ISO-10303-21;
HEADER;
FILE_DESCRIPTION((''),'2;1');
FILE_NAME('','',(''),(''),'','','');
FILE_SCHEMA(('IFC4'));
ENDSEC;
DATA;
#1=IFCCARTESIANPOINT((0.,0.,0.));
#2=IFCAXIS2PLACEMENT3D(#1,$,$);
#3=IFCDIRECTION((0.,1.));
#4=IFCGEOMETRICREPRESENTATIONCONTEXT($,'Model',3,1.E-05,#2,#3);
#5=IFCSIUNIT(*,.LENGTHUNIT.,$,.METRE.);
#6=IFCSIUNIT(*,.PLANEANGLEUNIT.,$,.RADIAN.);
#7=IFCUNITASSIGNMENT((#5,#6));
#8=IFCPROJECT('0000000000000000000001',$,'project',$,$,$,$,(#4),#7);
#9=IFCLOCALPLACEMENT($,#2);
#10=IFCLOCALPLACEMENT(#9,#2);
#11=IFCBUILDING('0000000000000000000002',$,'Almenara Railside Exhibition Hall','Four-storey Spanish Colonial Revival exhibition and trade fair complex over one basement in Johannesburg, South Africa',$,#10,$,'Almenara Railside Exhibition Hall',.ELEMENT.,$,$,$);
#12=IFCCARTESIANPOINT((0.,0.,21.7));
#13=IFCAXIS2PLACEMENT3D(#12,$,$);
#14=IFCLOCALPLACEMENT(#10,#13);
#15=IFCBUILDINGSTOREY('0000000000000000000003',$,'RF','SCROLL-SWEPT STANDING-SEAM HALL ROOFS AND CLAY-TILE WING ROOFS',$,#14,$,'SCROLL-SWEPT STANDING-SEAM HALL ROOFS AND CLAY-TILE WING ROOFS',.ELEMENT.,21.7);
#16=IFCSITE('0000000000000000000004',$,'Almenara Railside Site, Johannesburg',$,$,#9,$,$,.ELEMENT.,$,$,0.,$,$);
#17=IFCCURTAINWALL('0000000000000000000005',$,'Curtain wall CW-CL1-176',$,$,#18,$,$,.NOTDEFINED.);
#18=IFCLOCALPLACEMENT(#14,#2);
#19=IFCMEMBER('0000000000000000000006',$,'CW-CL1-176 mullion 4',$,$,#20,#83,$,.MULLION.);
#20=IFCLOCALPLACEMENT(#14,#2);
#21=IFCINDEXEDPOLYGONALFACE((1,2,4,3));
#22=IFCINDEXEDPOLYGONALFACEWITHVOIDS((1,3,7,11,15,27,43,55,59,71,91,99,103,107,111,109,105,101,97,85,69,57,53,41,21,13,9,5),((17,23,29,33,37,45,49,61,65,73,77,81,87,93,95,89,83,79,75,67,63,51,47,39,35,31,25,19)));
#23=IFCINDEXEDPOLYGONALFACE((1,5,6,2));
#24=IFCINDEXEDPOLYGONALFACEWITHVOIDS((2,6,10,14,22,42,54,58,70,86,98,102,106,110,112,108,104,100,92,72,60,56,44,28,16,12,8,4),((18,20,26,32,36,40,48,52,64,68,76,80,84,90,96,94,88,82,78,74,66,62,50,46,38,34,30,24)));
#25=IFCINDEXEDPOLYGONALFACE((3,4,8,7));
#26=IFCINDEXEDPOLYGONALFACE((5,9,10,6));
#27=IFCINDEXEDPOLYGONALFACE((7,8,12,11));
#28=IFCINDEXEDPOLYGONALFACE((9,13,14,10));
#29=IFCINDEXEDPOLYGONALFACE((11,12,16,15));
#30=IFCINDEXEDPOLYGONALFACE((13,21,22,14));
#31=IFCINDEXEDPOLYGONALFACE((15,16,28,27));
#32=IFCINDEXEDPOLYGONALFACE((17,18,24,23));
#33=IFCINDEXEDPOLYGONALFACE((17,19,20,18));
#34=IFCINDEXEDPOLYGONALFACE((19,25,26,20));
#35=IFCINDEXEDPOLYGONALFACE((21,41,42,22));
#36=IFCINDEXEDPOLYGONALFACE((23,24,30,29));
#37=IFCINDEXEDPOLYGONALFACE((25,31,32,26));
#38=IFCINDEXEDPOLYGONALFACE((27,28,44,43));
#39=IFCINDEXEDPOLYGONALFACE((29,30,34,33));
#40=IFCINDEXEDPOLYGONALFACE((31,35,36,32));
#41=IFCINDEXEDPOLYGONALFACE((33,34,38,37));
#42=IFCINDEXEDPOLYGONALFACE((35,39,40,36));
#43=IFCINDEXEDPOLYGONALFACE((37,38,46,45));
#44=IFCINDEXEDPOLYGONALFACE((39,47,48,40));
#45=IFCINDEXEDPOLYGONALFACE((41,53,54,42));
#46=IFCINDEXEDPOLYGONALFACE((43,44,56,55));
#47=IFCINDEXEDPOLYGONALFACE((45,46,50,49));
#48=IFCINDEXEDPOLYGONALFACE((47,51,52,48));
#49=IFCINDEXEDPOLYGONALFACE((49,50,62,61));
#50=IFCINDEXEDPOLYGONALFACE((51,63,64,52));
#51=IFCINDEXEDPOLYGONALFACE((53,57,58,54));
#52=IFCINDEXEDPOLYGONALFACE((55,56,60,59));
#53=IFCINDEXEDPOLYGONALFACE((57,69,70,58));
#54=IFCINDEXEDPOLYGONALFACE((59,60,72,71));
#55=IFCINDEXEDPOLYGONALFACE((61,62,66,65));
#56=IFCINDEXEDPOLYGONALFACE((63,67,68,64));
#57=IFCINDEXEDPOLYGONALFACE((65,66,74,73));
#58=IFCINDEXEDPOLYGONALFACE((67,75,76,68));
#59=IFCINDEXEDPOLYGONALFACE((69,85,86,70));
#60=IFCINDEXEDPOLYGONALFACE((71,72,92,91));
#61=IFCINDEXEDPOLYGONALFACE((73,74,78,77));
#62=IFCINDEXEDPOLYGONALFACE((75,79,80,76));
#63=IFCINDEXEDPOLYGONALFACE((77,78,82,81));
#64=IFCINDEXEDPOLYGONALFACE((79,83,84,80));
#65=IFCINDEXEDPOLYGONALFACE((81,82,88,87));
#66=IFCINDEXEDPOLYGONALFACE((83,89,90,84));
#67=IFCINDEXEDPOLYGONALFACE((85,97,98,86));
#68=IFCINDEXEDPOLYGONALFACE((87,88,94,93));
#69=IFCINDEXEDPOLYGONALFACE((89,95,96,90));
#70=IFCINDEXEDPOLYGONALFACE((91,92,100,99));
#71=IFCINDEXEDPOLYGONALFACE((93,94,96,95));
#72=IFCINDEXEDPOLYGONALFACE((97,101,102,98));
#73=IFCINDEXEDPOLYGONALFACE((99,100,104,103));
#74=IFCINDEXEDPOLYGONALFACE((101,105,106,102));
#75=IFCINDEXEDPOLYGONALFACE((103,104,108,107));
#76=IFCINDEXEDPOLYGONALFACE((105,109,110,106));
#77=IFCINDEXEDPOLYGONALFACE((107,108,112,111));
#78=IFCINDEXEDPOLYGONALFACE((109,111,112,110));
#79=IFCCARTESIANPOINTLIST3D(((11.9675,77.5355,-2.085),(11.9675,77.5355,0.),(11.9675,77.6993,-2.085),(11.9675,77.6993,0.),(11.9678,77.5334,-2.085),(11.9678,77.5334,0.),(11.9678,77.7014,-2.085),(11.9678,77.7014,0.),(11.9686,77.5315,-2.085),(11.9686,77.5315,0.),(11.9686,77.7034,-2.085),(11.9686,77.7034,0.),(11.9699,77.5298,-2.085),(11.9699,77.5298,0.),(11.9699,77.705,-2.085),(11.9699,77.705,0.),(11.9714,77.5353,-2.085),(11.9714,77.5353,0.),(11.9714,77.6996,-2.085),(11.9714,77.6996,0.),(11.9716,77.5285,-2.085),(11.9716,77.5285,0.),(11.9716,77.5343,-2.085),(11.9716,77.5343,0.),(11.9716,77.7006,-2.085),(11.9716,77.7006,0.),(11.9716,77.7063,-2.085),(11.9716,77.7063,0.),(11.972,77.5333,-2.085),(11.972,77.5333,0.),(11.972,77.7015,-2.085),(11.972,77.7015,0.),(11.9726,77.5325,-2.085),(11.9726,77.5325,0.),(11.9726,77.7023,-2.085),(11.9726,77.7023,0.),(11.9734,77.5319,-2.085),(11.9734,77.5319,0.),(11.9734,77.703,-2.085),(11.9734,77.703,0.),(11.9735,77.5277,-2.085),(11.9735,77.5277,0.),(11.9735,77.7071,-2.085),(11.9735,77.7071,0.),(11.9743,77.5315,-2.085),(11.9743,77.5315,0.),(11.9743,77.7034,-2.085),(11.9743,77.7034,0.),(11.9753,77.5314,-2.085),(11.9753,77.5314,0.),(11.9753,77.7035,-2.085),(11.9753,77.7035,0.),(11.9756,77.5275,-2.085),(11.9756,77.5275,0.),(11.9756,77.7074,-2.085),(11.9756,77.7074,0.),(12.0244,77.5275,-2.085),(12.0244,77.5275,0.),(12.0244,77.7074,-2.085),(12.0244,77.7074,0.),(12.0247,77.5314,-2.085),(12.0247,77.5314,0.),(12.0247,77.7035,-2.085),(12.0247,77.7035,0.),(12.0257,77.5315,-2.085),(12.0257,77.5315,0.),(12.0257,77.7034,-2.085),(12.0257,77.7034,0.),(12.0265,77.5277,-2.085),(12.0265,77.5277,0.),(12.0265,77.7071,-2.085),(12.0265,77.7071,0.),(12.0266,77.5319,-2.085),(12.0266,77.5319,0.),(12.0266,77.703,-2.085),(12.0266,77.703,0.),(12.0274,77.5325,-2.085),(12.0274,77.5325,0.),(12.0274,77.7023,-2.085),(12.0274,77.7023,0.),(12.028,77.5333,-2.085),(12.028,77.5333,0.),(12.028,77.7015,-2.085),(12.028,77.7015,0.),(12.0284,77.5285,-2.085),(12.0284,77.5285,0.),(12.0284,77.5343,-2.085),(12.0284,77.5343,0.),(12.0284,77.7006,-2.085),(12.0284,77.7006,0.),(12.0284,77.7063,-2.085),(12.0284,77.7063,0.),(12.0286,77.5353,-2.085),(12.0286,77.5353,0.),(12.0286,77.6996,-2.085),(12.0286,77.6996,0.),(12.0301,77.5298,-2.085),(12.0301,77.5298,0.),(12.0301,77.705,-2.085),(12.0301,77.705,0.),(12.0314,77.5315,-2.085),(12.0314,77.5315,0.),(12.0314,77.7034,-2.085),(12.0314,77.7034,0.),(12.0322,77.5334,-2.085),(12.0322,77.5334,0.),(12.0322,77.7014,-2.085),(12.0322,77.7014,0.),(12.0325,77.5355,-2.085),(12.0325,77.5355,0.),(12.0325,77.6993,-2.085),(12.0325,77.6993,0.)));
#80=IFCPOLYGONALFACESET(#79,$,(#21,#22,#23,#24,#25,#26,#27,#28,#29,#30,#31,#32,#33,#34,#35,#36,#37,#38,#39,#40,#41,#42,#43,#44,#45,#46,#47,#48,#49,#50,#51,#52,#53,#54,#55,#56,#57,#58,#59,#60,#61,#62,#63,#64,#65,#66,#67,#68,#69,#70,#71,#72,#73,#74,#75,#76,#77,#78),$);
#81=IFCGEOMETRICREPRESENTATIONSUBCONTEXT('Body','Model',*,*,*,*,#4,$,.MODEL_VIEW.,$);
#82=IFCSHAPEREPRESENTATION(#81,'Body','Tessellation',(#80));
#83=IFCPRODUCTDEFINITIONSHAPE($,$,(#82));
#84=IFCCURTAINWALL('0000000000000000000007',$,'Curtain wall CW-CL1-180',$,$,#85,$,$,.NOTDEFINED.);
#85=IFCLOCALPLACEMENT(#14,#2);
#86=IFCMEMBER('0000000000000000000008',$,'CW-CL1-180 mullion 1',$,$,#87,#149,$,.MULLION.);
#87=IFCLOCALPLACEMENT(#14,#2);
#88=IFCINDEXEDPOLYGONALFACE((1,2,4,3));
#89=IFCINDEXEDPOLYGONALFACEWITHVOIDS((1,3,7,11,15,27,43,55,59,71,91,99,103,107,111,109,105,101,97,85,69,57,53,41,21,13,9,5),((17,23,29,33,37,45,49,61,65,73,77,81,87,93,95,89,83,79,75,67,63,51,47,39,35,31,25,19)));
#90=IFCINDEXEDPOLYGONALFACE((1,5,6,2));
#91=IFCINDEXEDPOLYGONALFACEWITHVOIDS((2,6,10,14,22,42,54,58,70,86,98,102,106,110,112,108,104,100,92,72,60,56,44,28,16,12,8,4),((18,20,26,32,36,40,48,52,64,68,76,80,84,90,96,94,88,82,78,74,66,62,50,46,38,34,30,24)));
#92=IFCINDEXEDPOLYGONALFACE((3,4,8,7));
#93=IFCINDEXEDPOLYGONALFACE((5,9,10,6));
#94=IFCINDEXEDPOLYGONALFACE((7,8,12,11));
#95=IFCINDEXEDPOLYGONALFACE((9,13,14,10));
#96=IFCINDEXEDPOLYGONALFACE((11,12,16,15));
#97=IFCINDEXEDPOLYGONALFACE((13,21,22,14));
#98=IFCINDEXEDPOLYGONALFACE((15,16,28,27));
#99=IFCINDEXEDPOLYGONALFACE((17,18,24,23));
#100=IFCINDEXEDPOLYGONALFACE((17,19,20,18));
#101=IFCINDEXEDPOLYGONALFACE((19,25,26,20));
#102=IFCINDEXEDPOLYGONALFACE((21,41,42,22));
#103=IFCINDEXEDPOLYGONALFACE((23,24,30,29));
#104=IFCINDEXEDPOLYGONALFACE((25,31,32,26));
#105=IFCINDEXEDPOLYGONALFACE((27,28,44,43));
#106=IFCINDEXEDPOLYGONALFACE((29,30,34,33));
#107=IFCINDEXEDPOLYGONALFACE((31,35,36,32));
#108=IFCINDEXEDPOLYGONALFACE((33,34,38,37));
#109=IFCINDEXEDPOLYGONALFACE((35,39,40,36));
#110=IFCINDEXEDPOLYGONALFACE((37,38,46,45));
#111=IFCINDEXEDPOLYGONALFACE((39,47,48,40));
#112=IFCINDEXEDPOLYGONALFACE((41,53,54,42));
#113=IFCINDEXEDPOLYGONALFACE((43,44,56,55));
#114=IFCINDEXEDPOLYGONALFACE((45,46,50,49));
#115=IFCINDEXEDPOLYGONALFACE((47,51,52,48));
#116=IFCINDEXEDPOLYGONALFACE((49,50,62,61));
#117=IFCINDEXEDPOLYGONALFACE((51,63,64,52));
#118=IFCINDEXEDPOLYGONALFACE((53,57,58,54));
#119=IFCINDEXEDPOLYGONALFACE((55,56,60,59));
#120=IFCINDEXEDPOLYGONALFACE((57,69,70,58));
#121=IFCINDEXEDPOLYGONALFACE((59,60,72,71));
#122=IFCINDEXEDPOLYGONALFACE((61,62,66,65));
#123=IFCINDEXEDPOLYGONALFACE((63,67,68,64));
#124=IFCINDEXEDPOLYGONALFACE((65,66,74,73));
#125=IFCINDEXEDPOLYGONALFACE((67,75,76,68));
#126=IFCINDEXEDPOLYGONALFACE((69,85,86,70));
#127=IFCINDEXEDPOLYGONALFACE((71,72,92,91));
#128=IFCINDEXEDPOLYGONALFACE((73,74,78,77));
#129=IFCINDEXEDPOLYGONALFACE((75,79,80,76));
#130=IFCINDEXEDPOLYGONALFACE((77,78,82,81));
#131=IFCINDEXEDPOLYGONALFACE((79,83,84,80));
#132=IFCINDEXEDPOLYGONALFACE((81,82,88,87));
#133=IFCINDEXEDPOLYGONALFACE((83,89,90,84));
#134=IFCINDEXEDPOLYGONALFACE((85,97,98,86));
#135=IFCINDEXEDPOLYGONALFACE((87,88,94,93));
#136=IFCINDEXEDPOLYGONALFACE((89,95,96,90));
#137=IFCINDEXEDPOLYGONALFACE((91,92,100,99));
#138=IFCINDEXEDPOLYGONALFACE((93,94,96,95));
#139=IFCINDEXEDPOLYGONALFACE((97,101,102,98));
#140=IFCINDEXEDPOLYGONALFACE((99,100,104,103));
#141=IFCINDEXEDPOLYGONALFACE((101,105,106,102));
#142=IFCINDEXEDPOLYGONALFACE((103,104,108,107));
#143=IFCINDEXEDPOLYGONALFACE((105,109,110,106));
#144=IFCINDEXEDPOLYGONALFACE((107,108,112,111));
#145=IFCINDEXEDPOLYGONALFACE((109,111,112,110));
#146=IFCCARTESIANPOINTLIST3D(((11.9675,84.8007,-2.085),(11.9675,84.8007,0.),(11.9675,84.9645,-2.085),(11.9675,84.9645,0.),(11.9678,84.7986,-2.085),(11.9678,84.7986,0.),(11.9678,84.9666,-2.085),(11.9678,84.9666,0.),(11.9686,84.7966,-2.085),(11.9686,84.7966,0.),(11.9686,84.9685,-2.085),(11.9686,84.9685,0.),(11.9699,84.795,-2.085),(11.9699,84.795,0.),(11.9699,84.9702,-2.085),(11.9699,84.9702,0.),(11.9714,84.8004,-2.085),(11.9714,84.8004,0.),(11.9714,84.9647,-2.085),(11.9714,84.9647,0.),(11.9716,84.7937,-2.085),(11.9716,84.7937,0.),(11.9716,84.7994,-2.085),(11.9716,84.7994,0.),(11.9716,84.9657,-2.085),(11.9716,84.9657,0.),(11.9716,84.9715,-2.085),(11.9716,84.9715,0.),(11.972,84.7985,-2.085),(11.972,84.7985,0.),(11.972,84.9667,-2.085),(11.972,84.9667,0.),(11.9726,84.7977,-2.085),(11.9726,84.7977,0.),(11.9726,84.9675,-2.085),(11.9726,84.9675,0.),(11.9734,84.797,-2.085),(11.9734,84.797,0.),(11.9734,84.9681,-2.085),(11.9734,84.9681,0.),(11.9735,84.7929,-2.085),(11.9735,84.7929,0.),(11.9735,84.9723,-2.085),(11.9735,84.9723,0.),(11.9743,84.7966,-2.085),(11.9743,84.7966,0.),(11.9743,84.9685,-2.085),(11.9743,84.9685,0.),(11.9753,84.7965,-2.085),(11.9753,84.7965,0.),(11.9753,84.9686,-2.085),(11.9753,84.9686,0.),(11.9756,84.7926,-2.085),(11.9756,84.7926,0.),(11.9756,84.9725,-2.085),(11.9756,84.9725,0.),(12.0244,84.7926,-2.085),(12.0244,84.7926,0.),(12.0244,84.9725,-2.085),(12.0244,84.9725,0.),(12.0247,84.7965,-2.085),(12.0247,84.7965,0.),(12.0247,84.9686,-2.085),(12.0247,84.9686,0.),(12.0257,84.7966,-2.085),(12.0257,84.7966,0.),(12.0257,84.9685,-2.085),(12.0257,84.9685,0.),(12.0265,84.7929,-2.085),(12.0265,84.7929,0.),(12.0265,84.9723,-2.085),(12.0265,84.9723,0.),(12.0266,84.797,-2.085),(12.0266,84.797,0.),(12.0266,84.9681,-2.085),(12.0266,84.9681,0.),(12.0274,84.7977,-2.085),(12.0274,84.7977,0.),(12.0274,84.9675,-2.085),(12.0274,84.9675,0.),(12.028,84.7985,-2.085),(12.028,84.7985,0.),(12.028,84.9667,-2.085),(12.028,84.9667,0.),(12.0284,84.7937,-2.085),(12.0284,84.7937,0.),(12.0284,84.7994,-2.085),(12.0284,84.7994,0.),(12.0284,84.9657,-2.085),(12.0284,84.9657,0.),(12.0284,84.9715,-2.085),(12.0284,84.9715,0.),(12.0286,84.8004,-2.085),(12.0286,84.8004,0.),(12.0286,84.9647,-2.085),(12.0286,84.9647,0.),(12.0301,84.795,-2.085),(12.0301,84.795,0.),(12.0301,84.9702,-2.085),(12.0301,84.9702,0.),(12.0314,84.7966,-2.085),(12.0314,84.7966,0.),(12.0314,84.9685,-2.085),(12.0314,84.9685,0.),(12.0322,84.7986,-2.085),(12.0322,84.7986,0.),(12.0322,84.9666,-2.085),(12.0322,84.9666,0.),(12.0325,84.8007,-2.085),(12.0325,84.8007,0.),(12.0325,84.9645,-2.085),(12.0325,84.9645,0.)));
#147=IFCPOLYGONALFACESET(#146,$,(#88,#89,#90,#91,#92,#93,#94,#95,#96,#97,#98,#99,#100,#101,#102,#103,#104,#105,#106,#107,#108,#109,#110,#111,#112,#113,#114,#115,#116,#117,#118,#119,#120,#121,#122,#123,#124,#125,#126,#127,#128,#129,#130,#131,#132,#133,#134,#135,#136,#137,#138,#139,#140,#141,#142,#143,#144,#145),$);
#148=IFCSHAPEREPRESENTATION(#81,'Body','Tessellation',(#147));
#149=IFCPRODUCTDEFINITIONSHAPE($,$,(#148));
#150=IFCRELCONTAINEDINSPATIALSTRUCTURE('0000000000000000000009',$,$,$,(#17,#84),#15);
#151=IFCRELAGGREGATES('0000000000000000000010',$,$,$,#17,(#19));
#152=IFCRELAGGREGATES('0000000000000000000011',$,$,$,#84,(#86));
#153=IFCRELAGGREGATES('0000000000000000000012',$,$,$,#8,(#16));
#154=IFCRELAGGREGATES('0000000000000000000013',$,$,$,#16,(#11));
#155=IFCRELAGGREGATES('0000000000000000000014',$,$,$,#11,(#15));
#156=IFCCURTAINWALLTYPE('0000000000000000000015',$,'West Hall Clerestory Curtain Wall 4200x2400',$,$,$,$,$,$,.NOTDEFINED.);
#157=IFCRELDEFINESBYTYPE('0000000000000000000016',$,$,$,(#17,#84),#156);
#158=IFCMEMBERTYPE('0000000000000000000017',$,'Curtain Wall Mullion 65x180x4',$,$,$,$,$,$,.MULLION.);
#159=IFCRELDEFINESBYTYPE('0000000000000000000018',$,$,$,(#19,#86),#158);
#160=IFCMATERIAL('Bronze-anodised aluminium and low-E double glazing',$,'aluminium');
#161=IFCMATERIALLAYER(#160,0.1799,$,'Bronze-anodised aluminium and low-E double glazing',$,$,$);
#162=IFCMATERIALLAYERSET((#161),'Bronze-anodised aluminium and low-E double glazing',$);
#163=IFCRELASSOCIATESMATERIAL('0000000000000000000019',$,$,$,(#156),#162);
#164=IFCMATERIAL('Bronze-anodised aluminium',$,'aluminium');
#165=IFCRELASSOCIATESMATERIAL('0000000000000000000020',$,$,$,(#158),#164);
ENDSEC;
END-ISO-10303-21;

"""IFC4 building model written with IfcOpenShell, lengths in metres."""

from ifc_helpers import new_model, si_unit, direction, frame, origin, origin_2d, place, context, subcontext, project, spatial, hollow_rectangle, extrude, material, layer, layer_set, material_profile, profile_set, type_object, element, aggregate, save


model = new_model("IFC4")

# Units and contexts
model_context = context("Model", 3, precision=1e-05, world=origin(), true_north=direction((0.0, 1.0)))
body_context = subcontext(model_context, "Body", "Model", "MODEL_VIEW")
ifc_project = project(units=[si_unit("LENGTHUNIT", "METRE"), si_unit("PLANEANGLEUNIT", "RADIAN")], contexts=[model_context])

# Site, building, storey
site_placement = place(None, origin())
site = spatial("IfcSite", under=ifc_project, at=site_placement, Name="Almenara Railside Site, Johannesburg", CompositionType="ELEMENT", RefElevation=0.0)
building_placement = place(site_placement, origin())
building = spatial("IfcBuilding", under=site, at=building_placement, Name="Almenara Railside Exhibition Hall", Description="Four-storey Spanish Colonial Revival exhibition and trade fair complex over one basement in Johannesburg, South Africa", LongName="Almenara Railside Exhibition Hall", CompositionType="ELEMENT")
storey_placement = place(building_placement, frame((0.0, 0.0, 21.7)))
storey = spatial("IfcBuildingStorey", under=building, at=storey_placement, Name="RF", Description="SCROLL-SWEPT STANDING-SEAM HALL ROOFS AND CLAY-TILE WING ROOFS", LongName="SCROLL-SWEPT STANDING-SEAM HALL ROOFS AND CLAY-TILE WING ROOFS", CompositionType="ELEMENT", Elevation=21.7)

# Shared definitions
ifc_material_1 = material(Name="Bronze-anodised aluminium and low-E double glazing", Category="aluminium")
ifc_layer_1 = layer(ifc_material_1, 0.1799, Name="Bronze-anodised aluminium and low-E double glazing")
ifc_layer_set_1 = layer_set([ifc_layer_1], Name="Bronze-anodised aluminium and low-E double glazing")
curtain_wall_type = type_object("IfcCurtainWallType", Name="West Hall Clerestory Curtain Wall 4200x2400", PredefinedType="NOTDEFINED", material=ifc_layer_set_1)
ifc_material_2 = material(Name="Bronze-anodised aluminium", Category="aluminium")

# Curtain walls, members
curtain_wall_1_placement = place(storey_placement, origin())
curtain_wall_1 = element("IfcCurtainWall", 1, at=curtain_wall_1_placement, inside=storey, type_object=curtain_wall_type, Name="Curtain wall CW-CL1-176", PredefinedType="NOTDEFINED")
ifc_material_profile_1 = material_profile(ifc_material_2, hollow_rectangle(XDim=0.0649, YDim=0.1799, WallThickness=0.0039, InnerFilletRadius=0.0039, OuterFilletRadius=0.0081, at=origin_2d()), Name="ALU-MUL 65x180x4")
ifc_profile_set_1 = profile_set([ifc_material_profile_1], Name="Bronze-anodised aluminium")
member_type_1 = type_object("IfcMemberType", Name="Curtain Wall Mullion 65x180x4", PredefinedType="MULLION", material=ifc_profile_set_1)
member_1_placement = place(storey_placement, frame((12.0, 77.6174, -2.085), z_axis=(0.0, 0.0, 1.0), x_axis=(-1.0, 0.0, 0.0)))
member_1 = element("IfcMember", 2, at=member_1_placement, type_object=member_type_1, Name="CW-CL1-176 mullion 4", PredefinedType="MULLION", context=body_context, shape_type="SweptSolid", body=[
    extrude(hollow_rectangle(XDim=0.0649, YDim=0.1799, WallThickness=0.0039, InnerFilletRadius=0.0039, OuterFilletRadius=0.0081, at=origin_2d()), origin(), (0.0, 0.0, 1.0), 2.085),
])
aggregate(curtain_wall_1, [member_1])
curtain_wall_2_placement = place(storey_placement, origin())
curtain_wall_2 = element("IfcCurtainWall", 3, at=curtain_wall_2_placement, inside=storey, type_object=curtain_wall_type, Name="Curtain wall CW-CL1-180", PredefinedType="NOTDEFINED")
member_2_placement = place(storey_placement, frame((12.0, 84.8826, -2.085), z_axis=(0.0, 0.0, 1.0), x_axis=(-1.0, 0.0, 0.0)))
member_2 = element("IfcMember", 4, at=member_2_placement, type_object=member_type_1, Name="CW-CL1-180 mullion 1", PredefinedType="MULLION", context=body_context, shape_type="SweptSolid", body=[
    extrude(hollow_rectangle(XDim=0.0649, YDim=0.1799, WallThickness=0.0039, InnerFilletRadius=0.0039, OuterFilletRadius=0.0081, at=origin_2d()), origin(), (0.0, 0.0, 1.0), 2.085),
])

aggregate(curtain_wall_2, [member_2])

save(model, "model.ifc")
